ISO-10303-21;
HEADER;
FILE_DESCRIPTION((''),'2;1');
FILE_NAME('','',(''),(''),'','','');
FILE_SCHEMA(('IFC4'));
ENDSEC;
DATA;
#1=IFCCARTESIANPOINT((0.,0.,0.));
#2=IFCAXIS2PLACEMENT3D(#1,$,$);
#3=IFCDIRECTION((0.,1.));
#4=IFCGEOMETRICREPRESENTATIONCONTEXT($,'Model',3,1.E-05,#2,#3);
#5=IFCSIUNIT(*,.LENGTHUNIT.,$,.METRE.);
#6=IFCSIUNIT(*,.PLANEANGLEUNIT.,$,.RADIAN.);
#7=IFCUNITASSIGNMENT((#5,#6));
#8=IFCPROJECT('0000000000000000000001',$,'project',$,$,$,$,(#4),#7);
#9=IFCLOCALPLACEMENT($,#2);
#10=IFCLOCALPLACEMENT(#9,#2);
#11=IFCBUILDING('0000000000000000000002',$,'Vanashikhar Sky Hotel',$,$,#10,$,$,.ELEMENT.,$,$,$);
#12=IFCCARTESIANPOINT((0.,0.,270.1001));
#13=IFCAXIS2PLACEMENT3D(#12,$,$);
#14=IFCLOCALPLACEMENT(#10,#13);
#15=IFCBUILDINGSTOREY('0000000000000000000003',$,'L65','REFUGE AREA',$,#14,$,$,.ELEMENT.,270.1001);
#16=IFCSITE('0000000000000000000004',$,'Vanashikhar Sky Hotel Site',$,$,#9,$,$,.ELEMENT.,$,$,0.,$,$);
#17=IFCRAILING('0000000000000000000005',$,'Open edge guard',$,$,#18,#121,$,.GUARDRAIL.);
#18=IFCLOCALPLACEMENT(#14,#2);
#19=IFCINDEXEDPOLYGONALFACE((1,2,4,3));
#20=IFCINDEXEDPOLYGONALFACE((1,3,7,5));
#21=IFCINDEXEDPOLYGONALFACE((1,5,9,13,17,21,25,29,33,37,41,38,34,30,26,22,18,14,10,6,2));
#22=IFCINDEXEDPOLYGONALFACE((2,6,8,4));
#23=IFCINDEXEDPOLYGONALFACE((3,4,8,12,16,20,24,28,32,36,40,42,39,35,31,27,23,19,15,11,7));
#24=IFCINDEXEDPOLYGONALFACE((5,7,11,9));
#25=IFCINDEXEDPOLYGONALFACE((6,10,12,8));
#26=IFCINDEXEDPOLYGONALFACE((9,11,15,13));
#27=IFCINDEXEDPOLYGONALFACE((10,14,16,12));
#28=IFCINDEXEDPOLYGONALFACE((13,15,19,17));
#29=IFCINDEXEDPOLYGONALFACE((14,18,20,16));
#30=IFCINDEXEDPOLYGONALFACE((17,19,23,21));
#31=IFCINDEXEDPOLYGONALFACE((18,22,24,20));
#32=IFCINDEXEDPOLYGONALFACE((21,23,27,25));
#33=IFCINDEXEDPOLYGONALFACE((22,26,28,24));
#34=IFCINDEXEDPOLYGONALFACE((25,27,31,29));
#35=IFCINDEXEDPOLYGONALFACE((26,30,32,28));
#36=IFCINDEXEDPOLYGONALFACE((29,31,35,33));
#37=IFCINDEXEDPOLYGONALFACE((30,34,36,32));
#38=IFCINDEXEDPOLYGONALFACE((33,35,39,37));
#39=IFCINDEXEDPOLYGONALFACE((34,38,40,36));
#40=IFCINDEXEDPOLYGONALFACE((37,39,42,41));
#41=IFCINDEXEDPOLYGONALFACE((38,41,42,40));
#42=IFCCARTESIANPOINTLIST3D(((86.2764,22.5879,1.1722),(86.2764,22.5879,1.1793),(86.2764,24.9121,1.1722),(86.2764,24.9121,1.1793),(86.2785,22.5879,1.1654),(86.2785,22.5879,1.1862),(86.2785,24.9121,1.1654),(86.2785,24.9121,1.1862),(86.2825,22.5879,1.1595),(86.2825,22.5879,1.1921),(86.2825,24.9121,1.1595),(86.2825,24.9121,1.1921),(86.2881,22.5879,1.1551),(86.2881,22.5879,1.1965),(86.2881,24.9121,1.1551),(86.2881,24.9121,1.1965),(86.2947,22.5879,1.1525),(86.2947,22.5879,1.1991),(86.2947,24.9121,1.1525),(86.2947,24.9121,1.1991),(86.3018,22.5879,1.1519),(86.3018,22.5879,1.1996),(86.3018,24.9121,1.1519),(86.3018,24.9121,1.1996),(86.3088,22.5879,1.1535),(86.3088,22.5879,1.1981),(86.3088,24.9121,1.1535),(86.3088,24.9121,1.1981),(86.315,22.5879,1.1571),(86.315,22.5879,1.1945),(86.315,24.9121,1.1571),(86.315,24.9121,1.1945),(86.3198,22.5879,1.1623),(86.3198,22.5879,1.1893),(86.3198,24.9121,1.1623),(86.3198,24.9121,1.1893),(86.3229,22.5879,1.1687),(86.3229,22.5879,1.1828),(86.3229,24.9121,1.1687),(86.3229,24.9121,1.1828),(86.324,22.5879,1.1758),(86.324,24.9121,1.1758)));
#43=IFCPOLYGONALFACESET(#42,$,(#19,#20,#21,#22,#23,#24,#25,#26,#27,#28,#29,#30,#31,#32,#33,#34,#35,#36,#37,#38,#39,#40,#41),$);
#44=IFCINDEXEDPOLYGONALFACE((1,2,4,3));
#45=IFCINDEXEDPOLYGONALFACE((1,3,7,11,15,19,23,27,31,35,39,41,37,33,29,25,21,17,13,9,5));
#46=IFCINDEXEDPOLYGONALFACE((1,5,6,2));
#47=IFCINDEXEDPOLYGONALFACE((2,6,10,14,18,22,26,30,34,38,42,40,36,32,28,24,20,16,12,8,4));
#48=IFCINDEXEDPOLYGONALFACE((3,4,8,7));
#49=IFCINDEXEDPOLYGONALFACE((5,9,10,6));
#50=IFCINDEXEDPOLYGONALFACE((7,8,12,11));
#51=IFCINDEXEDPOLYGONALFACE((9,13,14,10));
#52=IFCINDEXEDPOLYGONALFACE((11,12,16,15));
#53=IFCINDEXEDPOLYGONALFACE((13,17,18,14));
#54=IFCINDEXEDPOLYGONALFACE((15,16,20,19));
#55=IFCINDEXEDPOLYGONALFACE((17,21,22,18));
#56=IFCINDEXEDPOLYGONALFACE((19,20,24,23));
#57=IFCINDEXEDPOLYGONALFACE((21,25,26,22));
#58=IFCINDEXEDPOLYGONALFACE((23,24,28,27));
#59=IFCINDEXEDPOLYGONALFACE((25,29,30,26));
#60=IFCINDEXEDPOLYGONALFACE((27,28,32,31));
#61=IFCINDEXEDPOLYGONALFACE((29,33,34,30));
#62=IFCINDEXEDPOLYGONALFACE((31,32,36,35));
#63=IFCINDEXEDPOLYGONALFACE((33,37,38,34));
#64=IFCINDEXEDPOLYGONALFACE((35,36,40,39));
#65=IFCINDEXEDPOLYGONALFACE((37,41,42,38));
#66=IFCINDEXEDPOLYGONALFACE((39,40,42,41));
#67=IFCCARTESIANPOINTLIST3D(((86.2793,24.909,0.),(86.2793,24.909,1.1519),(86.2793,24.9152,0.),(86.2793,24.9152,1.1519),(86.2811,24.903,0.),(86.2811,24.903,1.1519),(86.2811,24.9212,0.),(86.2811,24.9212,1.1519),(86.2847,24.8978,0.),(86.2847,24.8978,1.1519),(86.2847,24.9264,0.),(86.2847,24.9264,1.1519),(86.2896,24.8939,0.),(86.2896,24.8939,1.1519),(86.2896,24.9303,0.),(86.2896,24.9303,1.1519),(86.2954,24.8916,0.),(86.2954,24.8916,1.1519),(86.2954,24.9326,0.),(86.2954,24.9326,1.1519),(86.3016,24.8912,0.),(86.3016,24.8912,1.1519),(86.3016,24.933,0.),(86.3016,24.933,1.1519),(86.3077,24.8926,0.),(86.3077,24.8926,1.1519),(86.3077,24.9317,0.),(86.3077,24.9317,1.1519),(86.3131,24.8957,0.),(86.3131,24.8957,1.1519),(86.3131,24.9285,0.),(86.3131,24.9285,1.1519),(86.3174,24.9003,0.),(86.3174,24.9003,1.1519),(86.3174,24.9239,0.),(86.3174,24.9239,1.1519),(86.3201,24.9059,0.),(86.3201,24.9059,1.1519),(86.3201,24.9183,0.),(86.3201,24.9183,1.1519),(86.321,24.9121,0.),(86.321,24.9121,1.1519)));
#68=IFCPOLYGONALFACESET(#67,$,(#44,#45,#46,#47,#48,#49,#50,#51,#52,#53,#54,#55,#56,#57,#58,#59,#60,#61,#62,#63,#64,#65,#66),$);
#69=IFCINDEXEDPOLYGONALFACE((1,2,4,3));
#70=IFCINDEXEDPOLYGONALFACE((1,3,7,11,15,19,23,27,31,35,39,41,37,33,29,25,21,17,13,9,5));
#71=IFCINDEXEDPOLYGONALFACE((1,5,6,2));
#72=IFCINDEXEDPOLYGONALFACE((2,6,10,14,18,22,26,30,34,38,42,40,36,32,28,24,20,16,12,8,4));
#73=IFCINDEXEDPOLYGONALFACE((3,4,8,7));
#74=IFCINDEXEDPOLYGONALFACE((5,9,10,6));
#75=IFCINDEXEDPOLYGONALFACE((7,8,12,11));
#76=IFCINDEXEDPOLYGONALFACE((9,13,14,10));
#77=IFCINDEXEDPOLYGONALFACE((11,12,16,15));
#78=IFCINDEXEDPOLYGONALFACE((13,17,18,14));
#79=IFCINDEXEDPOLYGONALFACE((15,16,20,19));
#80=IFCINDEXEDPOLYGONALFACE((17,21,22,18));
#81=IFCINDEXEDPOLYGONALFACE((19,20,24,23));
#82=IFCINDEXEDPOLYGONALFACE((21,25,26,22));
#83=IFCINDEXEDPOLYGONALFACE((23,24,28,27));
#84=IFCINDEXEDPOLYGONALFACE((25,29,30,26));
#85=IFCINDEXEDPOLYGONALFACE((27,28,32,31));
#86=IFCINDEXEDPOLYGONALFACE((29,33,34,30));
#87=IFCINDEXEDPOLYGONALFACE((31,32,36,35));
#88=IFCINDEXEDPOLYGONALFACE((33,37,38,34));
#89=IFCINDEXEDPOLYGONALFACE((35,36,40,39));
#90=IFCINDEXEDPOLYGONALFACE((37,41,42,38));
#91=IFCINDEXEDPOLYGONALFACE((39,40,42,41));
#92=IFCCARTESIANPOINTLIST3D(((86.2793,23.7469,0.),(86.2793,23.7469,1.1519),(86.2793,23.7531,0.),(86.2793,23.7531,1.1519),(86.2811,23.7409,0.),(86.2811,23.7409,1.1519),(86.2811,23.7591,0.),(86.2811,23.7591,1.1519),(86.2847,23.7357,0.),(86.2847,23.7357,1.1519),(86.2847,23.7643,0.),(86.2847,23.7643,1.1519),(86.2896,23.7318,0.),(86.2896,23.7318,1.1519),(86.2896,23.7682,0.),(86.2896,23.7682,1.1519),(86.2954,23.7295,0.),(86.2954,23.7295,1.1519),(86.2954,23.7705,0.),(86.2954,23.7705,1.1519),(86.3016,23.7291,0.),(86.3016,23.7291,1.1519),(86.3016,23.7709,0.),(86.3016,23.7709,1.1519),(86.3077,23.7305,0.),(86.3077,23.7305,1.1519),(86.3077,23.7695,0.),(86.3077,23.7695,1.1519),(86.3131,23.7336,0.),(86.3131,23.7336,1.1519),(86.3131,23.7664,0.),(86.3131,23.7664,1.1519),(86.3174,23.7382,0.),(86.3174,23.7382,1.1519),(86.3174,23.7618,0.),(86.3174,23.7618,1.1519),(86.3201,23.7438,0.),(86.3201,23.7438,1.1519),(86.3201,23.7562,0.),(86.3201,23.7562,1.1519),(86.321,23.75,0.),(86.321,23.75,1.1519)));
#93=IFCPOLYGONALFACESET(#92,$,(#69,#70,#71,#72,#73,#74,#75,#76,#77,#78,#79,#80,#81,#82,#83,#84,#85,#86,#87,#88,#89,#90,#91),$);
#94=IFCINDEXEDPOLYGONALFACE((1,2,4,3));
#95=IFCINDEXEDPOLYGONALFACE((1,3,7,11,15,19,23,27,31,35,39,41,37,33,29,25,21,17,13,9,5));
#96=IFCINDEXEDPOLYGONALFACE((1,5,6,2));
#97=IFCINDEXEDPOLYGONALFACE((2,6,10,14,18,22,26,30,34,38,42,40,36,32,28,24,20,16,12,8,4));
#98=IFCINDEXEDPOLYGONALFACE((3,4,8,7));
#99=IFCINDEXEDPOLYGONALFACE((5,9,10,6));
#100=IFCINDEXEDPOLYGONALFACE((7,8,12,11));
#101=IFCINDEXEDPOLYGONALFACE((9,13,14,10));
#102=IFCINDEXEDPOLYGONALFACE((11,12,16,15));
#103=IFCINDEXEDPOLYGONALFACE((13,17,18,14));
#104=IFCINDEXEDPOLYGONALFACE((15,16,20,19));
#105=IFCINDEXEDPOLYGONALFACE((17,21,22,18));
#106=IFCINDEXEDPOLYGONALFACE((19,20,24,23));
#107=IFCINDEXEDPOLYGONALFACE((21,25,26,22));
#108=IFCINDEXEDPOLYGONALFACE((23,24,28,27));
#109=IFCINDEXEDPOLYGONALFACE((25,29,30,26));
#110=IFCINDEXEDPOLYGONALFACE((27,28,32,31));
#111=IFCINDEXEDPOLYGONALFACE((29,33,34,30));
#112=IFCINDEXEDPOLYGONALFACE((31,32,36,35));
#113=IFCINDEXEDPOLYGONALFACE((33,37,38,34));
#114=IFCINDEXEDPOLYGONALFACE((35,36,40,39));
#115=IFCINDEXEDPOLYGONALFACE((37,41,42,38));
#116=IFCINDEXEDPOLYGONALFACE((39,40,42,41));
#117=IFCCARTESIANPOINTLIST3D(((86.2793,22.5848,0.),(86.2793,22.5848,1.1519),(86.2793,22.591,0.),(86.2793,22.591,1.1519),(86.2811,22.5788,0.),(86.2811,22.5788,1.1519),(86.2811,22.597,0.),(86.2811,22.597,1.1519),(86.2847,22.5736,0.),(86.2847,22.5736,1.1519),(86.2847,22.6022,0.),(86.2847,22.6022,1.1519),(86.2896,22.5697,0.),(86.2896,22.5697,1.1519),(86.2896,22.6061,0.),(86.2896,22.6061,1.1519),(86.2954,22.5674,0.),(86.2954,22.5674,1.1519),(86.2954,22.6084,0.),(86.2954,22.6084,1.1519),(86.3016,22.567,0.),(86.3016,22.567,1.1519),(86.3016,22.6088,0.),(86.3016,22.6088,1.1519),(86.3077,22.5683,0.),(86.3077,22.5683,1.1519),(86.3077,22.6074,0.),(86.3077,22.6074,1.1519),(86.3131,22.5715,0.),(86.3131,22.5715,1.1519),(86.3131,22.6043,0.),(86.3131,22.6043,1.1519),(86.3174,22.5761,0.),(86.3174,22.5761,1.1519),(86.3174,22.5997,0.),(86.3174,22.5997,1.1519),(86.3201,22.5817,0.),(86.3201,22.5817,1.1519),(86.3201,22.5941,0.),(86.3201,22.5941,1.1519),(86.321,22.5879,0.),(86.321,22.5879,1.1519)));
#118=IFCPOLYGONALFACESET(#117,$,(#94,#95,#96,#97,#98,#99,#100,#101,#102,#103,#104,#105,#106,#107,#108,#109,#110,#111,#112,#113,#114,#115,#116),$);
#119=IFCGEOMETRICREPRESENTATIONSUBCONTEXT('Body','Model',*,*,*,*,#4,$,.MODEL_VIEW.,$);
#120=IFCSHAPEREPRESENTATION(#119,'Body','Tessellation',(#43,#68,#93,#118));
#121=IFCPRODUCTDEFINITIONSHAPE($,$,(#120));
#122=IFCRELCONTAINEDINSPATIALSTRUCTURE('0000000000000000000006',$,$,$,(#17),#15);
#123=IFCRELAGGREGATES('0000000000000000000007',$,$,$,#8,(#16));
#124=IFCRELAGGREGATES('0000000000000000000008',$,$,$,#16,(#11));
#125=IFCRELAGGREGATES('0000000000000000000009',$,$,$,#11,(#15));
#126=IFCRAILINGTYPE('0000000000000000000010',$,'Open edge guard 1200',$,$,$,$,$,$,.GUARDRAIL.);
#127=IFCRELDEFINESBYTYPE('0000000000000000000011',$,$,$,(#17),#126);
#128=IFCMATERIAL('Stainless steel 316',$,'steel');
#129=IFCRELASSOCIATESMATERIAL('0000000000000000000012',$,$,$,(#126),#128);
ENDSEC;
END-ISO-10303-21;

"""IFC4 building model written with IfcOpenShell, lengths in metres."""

from ifc_helpers import new_model, si_unit, direction, frame, origin, origin_2d, place, context, subcontext, project, spatial, circle, extrude, source, transform, mapped, material, type_object, element, save


model = new_model("IFC4")

# Units and contexts
model_context = context("Model", 3, precision=1e-05, world=origin(), true_north=direction((0.0, 1.0)))
body_context = subcontext(model_context, "Body", "Model", "MODEL_VIEW")
ifc_project = project(units=[si_unit("LENGTHUNIT", "METRE"), si_unit("PLANEANGLEUNIT", "RADIAN")], contexts=[model_context])

# Site, building, storey
site_placement = place(None, origin())
site = spatial("IfcSite", under=ifc_project, at=site_placement, Name="Vanashikhar Sky Hotel Site", CompositionType="ELEMENT", RefElevation=0.0)
building_placement = place(site_placement, origin())
building = spatial("IfcBuilding", under=site, at=building_placement, Name="Vanashikhar Sky Hotel", CompositionType="ELEMENT")
storey_placement = place(building_placement, frame((0.0, 0.0, 270.1001)))
storey = spatial("IfcBuildingStorey", under=building, at=storey_placement, Name="L65", Description="REFUGE AREA", CompositionType="ELEMENT", Elevation=270.1001)

# Railing
ifc_material_1 = material(Name="Stainless steel 316", Category="steel")
railing_type_1 = type_object("IfcRailingType", Name="Open edge guard 1200", PredefinedType="GUARDRAIL", material=ifc_material_1)
shared_shape_1 = source(origin(), body_context, "Body", "SweptSolid", [
    extrude(circle(Radius=0.0239, at=origin_2d()), frame((0.0, 0.0, 1.1758), z_axis=(0.0, -1.0, 0.0), x_axis=(1.0, 0.0, 0.0)), (0.0, 0.0, 1.0), 2.3242),
    extrude(circle(Radius=0.021, at=origin_2d()), origin(), (0.0, 0.0, 1.0), 1.1519),
    extrude(circle(Radius=0.021, at=origin_2d()), frame((0.0, -1.1621, 0.0)), (0.0, 0.0, 1.0), 1.1519),
    extrude(circle(Radius=0.021, at=origin_2d()), frame((0.0, -2.3242, 0.0)), (0.0, 0.0, 1.0), 1.1519),
])
for number, where, name in (
    (1, (86.3, 24.9121, 0.0), "Open edge guard"),
):
    element("IfcRailing", number, at=place(storey_placement, frame(where)), inside=storey, type_object=railing_type_1, Name=name, PredefinedType="GUARDRAIL", context=body_context, shape_type="MappedRepresentation", body=[
        mapped(shared_shape_1, transform((0.0, 0.0, 0.0), scale=1.0)),
    ])

save(model, "model.ifc")
